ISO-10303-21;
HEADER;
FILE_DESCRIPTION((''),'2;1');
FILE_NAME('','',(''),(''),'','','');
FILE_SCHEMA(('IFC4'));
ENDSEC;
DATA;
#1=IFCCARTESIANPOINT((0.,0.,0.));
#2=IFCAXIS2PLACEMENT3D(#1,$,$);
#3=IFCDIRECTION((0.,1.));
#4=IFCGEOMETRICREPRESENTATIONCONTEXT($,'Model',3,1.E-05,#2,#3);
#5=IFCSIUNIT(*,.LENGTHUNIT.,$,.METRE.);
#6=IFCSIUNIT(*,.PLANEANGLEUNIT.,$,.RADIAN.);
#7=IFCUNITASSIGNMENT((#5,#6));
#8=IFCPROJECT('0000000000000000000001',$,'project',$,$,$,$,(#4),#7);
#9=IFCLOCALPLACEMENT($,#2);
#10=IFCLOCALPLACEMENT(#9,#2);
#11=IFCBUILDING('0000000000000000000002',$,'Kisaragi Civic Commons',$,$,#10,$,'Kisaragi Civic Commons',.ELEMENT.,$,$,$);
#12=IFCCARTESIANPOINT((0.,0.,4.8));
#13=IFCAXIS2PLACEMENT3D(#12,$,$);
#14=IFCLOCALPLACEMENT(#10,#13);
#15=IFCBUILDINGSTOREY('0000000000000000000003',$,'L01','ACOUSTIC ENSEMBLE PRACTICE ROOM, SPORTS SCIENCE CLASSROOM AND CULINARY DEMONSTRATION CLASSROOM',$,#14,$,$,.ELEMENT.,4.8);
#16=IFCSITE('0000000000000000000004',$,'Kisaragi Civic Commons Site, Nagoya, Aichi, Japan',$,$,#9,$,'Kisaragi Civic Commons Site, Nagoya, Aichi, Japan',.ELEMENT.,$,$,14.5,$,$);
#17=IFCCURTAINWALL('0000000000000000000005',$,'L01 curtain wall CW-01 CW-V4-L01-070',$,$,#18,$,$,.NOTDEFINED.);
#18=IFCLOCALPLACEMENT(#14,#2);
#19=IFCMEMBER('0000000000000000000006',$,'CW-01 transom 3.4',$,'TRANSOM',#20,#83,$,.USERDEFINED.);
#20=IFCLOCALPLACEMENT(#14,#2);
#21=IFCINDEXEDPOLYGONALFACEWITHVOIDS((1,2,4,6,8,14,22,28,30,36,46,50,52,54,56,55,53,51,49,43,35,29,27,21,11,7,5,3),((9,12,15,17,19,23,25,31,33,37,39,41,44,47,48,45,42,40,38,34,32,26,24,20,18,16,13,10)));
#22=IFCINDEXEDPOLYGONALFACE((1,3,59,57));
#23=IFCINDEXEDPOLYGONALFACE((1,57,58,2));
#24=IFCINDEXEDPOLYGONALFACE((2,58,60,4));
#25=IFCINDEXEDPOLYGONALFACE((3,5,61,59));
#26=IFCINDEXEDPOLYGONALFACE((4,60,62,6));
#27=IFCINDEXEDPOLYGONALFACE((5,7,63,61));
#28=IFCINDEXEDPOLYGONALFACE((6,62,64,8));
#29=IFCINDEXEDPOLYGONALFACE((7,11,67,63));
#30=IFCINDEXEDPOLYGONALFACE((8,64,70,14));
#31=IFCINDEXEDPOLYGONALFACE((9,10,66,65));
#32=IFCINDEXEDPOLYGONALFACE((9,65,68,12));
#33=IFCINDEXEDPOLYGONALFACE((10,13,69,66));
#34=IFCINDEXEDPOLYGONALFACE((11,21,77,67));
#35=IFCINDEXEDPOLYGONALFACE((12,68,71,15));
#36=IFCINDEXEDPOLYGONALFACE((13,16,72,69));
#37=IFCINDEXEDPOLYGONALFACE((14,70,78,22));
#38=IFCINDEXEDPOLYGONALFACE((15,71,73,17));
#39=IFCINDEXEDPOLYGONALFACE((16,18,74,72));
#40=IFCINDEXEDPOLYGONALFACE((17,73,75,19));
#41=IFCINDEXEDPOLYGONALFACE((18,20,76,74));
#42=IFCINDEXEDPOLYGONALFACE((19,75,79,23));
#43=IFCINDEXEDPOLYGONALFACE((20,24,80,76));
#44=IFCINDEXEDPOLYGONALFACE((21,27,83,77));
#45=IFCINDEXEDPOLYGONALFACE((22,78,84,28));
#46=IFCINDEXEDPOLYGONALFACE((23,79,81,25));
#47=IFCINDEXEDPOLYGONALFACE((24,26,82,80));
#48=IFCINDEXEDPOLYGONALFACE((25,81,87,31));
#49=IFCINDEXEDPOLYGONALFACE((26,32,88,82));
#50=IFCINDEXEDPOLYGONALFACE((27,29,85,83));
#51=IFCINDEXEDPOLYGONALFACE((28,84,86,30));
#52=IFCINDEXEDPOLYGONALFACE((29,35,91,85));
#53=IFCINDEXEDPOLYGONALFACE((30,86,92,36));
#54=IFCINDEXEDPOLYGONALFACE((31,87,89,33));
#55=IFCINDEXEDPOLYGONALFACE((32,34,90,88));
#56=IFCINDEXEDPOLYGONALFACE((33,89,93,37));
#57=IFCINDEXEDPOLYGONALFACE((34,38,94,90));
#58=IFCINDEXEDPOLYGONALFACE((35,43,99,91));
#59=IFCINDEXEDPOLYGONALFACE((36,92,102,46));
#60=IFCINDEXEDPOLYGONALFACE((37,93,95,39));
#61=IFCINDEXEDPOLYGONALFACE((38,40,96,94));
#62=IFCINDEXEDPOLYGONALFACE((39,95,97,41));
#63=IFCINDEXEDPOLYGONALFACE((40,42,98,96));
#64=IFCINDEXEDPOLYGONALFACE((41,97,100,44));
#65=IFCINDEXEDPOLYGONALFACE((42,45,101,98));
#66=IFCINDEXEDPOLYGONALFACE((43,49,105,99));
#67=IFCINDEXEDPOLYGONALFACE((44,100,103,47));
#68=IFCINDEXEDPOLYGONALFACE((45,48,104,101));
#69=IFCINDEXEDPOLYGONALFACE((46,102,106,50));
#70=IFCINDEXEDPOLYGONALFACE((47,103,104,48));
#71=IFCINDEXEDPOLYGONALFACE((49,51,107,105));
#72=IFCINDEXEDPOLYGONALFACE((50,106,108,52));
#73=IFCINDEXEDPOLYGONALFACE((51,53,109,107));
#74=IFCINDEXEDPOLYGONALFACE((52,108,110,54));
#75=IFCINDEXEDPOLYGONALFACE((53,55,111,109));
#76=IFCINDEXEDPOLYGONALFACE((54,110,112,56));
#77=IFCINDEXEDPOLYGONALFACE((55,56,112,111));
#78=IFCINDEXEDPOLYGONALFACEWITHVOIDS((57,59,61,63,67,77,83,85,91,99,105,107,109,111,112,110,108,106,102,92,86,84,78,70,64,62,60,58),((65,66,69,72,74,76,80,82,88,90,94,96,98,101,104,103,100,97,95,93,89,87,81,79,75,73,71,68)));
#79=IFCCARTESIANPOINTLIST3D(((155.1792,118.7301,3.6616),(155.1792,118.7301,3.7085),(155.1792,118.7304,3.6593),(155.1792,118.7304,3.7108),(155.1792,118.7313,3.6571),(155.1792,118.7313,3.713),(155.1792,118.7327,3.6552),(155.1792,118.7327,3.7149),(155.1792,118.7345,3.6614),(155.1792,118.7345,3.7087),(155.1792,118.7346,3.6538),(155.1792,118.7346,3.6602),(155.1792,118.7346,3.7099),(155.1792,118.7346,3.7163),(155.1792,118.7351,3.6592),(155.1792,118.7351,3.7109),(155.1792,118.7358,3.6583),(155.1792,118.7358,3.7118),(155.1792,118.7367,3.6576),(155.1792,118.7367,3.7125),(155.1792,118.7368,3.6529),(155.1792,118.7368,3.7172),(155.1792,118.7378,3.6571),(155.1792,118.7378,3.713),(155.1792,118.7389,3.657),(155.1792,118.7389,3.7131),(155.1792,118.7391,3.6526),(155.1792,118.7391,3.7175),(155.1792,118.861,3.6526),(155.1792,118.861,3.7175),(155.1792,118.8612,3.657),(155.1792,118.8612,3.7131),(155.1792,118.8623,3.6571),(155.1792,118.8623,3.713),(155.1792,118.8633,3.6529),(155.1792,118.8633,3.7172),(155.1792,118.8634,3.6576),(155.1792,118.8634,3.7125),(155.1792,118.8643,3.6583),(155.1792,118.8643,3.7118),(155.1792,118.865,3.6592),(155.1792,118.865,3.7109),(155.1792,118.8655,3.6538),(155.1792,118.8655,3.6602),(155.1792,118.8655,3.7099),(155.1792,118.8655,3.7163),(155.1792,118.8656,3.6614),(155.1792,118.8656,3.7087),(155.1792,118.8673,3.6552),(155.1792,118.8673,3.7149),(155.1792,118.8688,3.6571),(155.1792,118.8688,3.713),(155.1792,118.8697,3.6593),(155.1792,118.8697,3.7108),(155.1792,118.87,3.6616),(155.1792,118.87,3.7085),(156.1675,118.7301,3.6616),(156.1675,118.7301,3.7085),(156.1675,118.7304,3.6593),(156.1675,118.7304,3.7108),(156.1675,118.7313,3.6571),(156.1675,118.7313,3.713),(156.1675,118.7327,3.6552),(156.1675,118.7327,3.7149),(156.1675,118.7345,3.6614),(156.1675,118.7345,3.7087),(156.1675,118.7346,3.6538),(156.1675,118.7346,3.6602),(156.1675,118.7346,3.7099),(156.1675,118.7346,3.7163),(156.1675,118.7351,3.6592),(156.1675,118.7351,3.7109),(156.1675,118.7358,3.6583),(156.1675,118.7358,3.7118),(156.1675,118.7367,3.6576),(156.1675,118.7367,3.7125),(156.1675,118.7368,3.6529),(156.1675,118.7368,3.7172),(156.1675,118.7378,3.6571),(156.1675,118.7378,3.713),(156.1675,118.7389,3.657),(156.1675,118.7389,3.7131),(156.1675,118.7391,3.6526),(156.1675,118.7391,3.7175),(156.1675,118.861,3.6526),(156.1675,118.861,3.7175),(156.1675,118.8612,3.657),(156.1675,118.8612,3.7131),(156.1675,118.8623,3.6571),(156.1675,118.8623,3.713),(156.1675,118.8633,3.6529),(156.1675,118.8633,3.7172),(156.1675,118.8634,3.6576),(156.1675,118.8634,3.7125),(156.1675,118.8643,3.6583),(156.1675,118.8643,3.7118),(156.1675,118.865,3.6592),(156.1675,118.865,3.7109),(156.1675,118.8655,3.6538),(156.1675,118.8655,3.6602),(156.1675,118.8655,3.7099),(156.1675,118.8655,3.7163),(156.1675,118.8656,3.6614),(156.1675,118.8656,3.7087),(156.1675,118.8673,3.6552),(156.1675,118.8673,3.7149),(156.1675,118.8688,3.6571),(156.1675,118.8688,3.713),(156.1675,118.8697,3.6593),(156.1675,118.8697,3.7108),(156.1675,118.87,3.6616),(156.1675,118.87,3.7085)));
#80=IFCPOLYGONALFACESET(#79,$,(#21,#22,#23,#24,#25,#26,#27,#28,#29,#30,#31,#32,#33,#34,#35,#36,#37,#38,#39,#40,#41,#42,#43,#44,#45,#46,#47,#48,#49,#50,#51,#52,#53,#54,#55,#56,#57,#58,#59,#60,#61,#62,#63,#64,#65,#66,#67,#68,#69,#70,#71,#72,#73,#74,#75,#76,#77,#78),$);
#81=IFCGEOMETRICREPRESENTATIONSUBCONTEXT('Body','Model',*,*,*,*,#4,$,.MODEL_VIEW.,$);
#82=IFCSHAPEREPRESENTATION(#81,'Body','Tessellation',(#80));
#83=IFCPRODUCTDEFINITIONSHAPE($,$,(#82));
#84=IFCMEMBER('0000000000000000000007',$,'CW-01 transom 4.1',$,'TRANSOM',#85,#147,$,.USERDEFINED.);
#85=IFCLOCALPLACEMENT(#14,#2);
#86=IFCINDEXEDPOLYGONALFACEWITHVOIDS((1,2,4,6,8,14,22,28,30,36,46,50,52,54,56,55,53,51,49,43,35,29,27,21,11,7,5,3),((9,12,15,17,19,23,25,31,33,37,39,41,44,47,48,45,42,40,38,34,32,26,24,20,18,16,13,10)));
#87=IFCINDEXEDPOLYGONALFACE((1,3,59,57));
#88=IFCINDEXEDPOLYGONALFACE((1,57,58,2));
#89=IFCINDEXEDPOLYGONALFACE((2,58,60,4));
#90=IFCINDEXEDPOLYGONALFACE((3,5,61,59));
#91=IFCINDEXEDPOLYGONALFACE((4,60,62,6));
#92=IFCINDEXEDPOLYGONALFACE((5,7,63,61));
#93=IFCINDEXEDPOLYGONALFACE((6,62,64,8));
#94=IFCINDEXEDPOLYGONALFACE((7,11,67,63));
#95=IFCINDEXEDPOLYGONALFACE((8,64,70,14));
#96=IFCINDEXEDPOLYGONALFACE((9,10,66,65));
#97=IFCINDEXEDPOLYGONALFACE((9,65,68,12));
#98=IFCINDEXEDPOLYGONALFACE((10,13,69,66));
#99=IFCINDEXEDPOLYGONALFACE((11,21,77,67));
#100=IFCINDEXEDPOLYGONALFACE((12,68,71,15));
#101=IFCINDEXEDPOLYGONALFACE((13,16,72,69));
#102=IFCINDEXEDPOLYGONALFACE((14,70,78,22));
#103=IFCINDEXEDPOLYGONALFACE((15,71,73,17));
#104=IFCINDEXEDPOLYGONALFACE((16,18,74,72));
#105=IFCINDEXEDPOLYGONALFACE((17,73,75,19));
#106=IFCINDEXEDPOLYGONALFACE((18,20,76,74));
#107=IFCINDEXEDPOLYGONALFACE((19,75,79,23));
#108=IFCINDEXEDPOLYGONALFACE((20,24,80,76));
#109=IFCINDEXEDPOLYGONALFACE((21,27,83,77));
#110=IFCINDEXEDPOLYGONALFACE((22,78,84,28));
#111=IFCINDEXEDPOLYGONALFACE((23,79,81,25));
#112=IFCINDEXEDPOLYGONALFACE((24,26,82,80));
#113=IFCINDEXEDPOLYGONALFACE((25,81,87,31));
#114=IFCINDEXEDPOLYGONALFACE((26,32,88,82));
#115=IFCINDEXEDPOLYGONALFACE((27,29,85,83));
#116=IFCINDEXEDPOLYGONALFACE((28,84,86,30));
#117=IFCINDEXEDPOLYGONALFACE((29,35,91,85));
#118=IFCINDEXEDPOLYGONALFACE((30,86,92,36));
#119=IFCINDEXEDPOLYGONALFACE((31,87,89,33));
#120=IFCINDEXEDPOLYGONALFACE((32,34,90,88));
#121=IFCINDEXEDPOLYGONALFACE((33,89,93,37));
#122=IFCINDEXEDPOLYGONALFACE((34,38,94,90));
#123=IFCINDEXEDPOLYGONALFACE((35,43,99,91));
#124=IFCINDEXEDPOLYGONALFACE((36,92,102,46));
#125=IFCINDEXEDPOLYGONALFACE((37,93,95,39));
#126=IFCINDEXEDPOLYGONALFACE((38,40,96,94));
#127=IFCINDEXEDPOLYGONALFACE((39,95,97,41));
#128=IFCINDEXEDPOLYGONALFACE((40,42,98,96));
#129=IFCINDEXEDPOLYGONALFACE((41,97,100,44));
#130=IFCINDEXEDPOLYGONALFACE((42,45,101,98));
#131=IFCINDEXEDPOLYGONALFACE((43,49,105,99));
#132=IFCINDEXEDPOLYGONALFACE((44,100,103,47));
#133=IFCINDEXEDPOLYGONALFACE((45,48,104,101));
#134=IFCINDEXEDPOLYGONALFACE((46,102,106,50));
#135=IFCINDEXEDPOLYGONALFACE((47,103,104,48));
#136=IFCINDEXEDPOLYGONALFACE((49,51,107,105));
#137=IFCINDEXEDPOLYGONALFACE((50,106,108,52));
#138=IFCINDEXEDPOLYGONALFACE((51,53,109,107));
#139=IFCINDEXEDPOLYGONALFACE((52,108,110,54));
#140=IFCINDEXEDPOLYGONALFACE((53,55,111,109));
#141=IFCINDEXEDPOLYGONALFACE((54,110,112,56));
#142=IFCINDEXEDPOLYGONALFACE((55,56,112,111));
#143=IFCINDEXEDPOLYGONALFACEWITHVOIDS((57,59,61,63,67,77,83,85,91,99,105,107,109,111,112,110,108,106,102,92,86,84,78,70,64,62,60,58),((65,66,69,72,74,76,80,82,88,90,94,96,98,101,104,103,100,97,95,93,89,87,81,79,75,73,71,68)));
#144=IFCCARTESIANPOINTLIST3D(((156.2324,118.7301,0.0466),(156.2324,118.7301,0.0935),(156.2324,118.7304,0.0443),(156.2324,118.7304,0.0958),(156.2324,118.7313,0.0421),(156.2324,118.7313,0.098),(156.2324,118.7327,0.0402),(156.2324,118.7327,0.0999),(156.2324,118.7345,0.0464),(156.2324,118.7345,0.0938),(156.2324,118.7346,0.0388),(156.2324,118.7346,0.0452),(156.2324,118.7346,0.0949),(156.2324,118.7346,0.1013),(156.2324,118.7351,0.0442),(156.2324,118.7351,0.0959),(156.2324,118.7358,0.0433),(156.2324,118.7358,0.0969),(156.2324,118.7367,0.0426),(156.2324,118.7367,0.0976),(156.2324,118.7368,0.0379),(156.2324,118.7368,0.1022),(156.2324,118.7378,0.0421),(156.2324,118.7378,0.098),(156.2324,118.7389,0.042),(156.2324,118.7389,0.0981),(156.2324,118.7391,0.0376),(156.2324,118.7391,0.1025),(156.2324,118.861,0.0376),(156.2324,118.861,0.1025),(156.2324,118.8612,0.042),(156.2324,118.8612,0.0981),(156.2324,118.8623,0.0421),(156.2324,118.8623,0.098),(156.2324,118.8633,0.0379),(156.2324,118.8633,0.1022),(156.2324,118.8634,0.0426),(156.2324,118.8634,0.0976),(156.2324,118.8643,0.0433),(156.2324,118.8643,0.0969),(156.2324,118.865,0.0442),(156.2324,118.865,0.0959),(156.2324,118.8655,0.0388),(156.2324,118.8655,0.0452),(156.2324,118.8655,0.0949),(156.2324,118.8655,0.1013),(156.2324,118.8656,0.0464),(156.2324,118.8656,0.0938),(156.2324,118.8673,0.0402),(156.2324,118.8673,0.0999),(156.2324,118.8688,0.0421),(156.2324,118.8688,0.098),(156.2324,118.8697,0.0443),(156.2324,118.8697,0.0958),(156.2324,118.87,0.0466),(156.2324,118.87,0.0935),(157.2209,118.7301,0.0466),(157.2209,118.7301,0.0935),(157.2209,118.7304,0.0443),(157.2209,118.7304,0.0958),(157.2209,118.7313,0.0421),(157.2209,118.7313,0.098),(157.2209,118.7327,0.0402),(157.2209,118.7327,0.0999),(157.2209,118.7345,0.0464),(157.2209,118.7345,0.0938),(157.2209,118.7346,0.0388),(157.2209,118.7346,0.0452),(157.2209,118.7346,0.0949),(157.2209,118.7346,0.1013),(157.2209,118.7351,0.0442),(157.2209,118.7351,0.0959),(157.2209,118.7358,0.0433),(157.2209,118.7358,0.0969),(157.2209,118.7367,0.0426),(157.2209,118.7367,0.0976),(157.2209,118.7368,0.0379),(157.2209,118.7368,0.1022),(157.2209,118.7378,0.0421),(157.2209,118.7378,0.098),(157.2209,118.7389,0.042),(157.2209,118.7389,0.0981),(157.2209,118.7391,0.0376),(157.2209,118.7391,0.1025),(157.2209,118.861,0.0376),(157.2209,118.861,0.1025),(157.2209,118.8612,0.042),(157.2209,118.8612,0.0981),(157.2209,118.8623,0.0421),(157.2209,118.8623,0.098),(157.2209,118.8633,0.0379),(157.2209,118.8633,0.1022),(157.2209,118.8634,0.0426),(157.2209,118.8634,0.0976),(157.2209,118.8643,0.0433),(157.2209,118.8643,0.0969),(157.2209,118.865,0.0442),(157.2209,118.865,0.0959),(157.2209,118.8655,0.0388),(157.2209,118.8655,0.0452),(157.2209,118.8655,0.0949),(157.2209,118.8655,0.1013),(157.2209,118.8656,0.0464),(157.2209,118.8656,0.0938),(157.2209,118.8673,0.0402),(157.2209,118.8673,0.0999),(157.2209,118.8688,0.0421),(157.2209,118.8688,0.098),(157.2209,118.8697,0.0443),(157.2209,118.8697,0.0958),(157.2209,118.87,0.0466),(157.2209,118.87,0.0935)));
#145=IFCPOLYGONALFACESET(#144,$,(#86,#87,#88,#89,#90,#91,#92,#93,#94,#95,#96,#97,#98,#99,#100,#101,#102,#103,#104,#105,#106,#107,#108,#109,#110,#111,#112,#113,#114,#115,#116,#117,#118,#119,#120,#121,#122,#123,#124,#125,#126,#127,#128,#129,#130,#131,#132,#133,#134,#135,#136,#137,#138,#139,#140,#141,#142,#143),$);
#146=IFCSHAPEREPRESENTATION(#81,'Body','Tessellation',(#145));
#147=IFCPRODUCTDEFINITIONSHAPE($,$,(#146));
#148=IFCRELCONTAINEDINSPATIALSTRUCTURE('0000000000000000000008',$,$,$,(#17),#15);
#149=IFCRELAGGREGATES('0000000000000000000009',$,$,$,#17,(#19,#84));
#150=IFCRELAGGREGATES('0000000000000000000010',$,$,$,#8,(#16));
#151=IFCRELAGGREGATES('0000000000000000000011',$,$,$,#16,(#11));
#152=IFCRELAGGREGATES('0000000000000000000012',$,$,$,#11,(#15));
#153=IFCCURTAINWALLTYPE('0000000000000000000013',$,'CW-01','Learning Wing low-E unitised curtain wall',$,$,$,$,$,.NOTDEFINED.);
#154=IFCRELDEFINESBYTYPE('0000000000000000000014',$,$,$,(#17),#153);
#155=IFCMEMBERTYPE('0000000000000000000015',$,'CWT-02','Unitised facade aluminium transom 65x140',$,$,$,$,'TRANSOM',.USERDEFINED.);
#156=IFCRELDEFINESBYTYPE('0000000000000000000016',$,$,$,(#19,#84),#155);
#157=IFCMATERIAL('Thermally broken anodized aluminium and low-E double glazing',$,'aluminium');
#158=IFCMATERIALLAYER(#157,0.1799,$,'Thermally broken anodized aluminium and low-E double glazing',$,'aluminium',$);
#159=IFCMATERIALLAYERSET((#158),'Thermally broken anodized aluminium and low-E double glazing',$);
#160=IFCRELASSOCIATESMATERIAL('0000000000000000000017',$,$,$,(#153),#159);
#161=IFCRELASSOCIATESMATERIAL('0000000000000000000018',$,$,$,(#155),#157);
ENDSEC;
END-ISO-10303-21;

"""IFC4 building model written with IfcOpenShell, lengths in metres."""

from ifc_helpers import new_model, si_unit, direction, frame, origin, origin_2d, place, context, subcontext, project, spatial, hollow_rectangle, extrude, material, layer, layer_set, material_profile, profile_set, type_object, element, aggregate, save


model = new_model("IFC4")

# Units and contexts
model_context = context("Model", 3, precision=1e-05, world=origin(), true_north=direction((0.0, 1.0)))
body_context = subcontext(model_context, "Body", "Model", "MODEL_VIEW")
ifc_project = project(units=[si_unit("LENGTHUNIT", "METRE"), si_unit("PLANEANGLEUNIT", "RADIAN")], contexts=[model_context])

# Site, building, storey
site_placement = place(None, origin())
site = spatial("IfcSite", under=ifc_project, at=site_placement, Name="Kisaragi Civic Commons Site, Nagoya, Aichi, Japan", LongName="Kisaragi Civic Commons Site, Nagoya, Aichi, Japan", CompositionType="ELEMENT", RefElevation=14.5)
building_placement = place(site_placement, origin())
building = spatial("IfcBuilding", under=site, at=building_placement, Name="Kisaragi Civic Commons", LongName="Kisaragi Civic Commons", CompositionType="ELEMENT")
storey_placement = place(building_placement, frame((0.0, 0.0, 4.8)))
storey = spatial("IfcBuildingStorey", under=building, at=storey_placement, Name="L01", Description="ACOUSTIC ENSEMBLE PRACTICE ROOM, SPORTS SCIENCE CLASSROOM AND CULINARY DEMONSTRATION CLASSROOM", CompositionType="ELEMENT", Elevation=4.8)

# Curtain wall, members
ifc_material = material(Name="Thermally broken anodized aluminium and low-E double glazing", Category="aluminium")
ifc_layer_1 = layer(ifc_material, 0.1799, Name="Thermally broken anodized aluminium and low-E double glazing", Category="aluminium")
ifc_layer_set_1 = layer_set([ifc_layer_1], Name="Thermally broken anodized aluminium and low-E double glazing")
curtain_wall_type = type_object("IfcCurtainWallType", Name="CW-01", Description="Learning Wing low-E unitised curtain wall", PredefinedType="NOTDEFINED", material=ifc_layer_set_1)
curtain_wall_placement = place(storey_placement, origin())
curtain_wall = element("IfcCurtainWall", 1, at=curtain_wall_placement, inside=storey, type_object=curtain_wall_type, Name="L01 curtain wall CW-01 CW-V4-L01-070", PredefinedType="NOTDEFINED")
ifc_material_profile_1 = material_profile(ifc_material, hollow_rectangle(XDim=0.1399, YDim=0.0649, WallThickness=0.0044, InnerFilletRadius=0.0044, OuterFilletRadius=0.009, at=origin_2d()), Name="CWT-65x140x4.5", Category="aluminium")
ifc_profile_set_1 = profile_set([ifc_material_profile_1], Name="Thermally broken anodized aluminium and low-E double glazing")
member_type_1 = type_object("IfcMemberType", Name="CWT-02", Description="Unitised facade aluminium transom 65x140", ElementType="TRANSOM", PredefinedType="USERDEFINED", material=ifc_profile_set_1)
member_1_placement = place(storey_placement, frame((155.1792, 118.8, 3.6851), z_axis=(1.0, 0.0, 0.0), x_axis=(0.0, 1.0, 0.0)))
member_1 = element("IfcMember", 2, at=member_1_placement, type_object=member_type_1, Name="CW-01 transom 3.4", ObjectType="TRANSOM", PredefinedType="USERDEFINED", context=body_context, shape_type="SweptSolid", body=[
    extrude(hollow_rectangle(XDim=0.1399, YDim=0.0649, WallThickness=0.0044, InnerFilletRadius=0.0044, OuterFilletRadius=0.009, at=origin_2d()), origin(), (0.0, 0.0, 1.0), 0.9883),
])
member_2_placement = place(storey_placement, frame((156.2324, 118.8, 0.0701), z_axis=(1.0, 0.0, 0.0), x_axis=(0.0, 1.0, 0.0)))
member_2 = element("IfcMember", 3, at=member_2_placement, type_object=member_type_1, Name="CW-01 transom 4.1", ObjectType="TRANSOM", PredefinedType="USERDEFINED", context=body_context, shape_type="SweptSolid", body=[
    extrude(hollow_rectangle(XDim=0.1399, YDim=0.0649, WallThickness=0.0044, InnerFilletRadius=0.0044, OuterFilletRadius=0.009, at=origin_2d()), origin(), (0.0, 0.0, 1.0), 0.9885),
])
aggregate(curtain_wall, [member_1, member_2])

save(model, "model.ifc")
